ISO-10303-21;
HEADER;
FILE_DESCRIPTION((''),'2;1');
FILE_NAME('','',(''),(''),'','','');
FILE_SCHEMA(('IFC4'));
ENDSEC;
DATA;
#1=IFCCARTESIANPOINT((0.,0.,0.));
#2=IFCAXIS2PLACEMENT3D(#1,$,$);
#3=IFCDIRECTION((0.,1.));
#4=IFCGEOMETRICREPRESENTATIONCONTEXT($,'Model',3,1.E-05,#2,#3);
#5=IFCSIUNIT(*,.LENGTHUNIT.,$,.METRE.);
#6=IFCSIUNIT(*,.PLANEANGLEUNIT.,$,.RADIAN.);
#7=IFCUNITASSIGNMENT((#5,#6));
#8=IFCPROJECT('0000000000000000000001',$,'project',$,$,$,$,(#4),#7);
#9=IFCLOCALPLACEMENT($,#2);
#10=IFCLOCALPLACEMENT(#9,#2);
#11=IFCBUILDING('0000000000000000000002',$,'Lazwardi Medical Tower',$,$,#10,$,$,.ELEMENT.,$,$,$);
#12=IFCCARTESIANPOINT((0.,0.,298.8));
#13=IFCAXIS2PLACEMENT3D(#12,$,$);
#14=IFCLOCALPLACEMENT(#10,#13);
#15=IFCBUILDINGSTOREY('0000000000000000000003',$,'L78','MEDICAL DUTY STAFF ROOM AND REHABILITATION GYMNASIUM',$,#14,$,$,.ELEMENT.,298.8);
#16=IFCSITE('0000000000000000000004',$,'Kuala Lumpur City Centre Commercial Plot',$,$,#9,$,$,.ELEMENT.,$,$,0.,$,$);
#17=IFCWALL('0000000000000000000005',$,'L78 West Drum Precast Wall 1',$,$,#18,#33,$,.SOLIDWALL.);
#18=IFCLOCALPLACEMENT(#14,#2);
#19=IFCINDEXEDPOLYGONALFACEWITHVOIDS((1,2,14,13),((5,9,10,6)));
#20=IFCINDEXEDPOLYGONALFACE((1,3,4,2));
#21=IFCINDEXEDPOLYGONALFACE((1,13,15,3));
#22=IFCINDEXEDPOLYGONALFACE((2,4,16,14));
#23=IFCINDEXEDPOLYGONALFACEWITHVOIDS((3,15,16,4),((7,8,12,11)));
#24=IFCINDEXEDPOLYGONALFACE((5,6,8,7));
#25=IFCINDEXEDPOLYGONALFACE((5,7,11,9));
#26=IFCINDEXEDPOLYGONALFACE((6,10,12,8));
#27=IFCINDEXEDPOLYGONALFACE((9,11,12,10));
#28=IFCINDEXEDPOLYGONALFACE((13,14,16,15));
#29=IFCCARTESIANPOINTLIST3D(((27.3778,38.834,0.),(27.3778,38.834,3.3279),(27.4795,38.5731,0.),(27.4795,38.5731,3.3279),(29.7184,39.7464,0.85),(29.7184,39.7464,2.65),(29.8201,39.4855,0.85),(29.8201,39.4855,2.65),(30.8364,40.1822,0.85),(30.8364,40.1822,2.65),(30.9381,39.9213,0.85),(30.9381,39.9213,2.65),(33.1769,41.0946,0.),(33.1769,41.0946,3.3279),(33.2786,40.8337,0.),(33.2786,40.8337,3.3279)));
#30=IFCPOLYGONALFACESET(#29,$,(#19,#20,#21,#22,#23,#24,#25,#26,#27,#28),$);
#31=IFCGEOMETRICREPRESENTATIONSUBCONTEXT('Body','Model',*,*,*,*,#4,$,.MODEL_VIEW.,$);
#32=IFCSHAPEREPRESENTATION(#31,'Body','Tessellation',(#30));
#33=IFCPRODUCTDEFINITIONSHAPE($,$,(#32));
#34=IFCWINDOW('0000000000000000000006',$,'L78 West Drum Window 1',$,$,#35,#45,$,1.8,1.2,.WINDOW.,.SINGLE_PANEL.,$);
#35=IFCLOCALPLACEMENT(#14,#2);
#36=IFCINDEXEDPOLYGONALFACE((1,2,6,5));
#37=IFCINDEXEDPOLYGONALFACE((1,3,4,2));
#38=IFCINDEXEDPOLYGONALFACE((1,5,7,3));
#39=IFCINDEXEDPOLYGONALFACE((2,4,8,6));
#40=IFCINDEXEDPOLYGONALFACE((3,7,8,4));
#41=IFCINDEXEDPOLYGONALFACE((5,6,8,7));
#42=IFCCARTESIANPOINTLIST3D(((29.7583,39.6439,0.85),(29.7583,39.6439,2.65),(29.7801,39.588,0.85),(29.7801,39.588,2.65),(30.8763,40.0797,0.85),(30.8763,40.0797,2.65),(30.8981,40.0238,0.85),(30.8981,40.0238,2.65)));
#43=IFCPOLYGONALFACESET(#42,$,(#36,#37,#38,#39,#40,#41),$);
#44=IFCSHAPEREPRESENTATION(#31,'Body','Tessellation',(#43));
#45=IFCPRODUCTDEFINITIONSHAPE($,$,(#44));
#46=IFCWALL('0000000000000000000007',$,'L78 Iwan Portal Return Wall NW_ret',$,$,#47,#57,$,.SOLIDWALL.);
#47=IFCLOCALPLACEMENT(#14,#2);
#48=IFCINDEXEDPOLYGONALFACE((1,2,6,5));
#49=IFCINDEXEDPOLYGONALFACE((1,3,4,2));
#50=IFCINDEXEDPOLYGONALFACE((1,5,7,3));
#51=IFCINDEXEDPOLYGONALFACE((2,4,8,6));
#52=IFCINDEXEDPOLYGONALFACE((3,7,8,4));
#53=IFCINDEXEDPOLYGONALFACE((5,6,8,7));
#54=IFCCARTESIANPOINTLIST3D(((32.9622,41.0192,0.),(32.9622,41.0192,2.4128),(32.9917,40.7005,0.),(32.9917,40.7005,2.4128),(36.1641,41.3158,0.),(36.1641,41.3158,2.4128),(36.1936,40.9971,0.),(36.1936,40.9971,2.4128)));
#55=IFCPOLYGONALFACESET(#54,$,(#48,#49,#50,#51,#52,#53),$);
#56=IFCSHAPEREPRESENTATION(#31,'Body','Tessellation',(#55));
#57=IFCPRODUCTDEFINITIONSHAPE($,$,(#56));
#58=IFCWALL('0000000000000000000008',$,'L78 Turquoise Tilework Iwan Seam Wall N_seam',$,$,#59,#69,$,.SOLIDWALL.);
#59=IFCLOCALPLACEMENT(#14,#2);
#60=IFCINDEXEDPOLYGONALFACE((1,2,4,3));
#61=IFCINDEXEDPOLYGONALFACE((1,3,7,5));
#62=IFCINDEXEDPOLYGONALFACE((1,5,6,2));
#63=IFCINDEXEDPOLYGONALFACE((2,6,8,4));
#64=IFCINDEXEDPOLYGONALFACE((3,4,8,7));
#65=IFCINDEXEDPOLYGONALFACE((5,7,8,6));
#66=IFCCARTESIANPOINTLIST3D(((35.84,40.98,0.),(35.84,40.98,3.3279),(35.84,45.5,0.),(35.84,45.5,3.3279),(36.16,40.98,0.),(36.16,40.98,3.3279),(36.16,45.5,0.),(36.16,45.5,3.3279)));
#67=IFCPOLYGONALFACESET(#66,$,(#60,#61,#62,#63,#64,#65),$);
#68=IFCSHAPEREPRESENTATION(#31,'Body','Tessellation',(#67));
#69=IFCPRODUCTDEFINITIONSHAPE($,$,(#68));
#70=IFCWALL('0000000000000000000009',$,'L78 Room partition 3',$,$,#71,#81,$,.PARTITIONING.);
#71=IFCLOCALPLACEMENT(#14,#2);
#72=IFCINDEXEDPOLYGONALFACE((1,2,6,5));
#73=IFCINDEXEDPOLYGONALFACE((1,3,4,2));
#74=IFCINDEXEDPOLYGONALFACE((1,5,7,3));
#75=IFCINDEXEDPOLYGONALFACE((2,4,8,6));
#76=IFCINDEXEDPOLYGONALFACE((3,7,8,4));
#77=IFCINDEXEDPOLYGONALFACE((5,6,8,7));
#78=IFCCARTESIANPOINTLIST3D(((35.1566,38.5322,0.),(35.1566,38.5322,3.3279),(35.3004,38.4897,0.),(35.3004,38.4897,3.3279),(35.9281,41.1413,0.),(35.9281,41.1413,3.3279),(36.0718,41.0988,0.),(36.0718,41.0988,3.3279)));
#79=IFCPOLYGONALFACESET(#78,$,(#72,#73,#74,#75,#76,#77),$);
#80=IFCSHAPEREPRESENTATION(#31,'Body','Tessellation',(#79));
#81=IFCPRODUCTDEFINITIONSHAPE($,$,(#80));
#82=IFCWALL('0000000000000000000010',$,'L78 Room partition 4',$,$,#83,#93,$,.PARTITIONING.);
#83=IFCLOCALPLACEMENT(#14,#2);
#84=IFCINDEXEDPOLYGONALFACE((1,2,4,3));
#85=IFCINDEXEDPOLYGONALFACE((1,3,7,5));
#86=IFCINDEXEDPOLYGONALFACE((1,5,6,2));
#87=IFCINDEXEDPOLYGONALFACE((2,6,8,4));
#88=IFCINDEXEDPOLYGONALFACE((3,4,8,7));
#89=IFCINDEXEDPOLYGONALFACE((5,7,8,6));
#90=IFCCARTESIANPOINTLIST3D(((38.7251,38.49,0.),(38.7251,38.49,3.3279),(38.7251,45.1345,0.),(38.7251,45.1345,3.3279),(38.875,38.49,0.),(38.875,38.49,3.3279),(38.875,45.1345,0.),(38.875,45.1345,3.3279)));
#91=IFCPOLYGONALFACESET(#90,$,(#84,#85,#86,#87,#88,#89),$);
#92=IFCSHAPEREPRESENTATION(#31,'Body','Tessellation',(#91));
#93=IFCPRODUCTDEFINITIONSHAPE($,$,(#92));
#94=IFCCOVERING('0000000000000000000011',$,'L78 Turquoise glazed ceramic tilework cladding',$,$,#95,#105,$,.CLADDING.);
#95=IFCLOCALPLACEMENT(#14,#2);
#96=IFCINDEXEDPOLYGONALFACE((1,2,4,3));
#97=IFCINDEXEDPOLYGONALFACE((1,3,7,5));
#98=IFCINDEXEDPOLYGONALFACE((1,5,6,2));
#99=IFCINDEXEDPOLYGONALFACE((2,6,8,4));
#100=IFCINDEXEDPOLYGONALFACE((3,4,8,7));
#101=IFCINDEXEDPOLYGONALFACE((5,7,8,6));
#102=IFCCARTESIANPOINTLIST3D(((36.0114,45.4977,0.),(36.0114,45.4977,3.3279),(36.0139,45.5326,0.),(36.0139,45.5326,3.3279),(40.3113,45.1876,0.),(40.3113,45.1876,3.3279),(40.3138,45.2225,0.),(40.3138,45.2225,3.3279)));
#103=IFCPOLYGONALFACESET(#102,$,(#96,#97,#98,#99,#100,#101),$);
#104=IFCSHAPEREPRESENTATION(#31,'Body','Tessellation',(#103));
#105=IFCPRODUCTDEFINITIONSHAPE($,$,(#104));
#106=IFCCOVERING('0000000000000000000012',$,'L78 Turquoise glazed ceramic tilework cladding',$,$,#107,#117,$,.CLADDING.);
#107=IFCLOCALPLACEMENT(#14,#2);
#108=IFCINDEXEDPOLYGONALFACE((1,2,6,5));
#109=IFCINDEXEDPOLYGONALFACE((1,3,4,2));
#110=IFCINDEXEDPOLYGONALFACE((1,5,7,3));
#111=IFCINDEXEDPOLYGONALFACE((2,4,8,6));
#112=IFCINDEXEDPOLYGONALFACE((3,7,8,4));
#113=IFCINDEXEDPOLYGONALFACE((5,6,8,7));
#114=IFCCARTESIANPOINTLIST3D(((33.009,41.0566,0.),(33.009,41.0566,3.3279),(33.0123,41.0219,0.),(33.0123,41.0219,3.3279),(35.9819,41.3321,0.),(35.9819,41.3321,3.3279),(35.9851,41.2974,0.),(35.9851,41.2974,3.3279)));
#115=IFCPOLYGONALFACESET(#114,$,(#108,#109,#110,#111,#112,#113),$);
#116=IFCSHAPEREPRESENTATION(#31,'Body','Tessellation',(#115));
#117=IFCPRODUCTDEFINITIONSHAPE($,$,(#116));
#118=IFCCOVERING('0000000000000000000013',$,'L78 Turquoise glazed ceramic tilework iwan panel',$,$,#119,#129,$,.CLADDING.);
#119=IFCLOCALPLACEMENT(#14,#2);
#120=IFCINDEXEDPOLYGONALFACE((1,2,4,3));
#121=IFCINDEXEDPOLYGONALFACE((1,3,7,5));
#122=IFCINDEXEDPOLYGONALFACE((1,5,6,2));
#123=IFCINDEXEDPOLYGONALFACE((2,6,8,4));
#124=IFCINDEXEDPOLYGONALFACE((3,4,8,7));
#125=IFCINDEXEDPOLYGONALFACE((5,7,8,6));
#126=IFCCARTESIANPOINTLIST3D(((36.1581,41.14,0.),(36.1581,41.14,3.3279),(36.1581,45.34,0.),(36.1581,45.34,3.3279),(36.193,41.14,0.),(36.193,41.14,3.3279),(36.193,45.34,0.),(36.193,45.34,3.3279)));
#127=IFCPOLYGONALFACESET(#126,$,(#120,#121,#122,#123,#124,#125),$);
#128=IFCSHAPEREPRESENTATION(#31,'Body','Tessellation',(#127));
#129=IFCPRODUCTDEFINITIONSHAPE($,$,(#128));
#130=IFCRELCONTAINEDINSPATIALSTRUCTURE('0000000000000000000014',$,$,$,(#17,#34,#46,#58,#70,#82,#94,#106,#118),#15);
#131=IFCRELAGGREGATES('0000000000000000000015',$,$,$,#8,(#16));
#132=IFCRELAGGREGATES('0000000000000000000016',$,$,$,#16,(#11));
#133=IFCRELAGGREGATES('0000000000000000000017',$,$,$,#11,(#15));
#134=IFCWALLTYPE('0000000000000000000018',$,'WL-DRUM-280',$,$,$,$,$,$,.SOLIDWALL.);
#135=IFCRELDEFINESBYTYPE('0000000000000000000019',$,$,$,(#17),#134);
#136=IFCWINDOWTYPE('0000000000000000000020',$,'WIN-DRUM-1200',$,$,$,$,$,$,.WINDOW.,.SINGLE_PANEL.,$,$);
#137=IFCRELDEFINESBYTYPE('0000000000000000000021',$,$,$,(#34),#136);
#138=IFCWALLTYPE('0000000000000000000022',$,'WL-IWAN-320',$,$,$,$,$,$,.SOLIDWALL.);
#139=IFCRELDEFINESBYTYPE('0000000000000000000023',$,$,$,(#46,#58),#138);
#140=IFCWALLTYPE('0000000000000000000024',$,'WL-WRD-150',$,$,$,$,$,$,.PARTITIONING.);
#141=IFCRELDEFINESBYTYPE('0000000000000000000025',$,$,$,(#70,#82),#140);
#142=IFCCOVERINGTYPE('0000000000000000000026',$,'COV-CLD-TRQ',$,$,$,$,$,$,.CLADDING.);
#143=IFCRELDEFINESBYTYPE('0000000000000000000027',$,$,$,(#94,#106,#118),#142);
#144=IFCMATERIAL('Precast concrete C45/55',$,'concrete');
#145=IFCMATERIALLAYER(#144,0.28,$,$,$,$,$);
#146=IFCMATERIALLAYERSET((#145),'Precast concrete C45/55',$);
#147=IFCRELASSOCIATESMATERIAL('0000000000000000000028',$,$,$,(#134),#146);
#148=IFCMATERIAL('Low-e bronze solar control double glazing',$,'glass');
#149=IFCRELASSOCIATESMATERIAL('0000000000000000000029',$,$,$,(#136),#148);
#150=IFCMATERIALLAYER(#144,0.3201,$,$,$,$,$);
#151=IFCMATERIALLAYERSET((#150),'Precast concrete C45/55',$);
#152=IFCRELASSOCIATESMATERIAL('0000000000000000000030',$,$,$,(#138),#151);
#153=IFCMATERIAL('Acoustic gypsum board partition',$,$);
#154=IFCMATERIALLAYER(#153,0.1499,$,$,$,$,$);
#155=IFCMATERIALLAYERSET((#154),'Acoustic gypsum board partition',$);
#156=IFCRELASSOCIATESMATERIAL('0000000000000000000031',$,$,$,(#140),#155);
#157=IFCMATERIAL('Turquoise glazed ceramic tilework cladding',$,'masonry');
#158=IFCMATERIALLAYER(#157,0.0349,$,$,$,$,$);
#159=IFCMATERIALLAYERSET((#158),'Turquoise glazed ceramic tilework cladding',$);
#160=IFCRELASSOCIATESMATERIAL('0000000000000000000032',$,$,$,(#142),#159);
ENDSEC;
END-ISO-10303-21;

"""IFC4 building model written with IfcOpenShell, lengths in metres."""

from ifc_helpers import new_model, si_unit, direction, frame, frame_2d, origin, origin_2d, place, context, subcontext, project, spatial, rectangle, extrude, material, layer, layer_set, type_object, element, fill, save


model = new_model("IFC4")

# Units and contexts
model_context = context("Model", 3, precision=1e-05, world=origin(), true_north=direction((0.0, 1.0)))
body_context = subcontext(model_context, "Body", "Model", "MODEL_VIEW")
ifc_project = project(units=[si_unit("LENGTHUNIT", "METRE"), si_unit("PLANEANGLEUNIT", "RADIAN")], contexts=[model_context])

# Site, building, storey
site_placement = place(None, origin())
site = spatial("IfcSite", under=ifc_project, at=site_placement, Name="Kuala Lumpur City Centre Commercial Plot", CompositionType="ELEMENT", RefElevation=0.0)
building_placement = place(site_placement, origin())
building = spatial("IfcBuilding", under=site, at=building_placement, Name="Lazwardi Medical Tower", CompositionType="ELEMENT")
storey_placement = place(building_placement, frame((0.0, 0.0, 298.8)))
storey = spatial("IfcBuildingStorey", under=building, at=storey_placement, Name="L78", Description="MEDICAL DUTY STAFF ROOM AND REHABILITATION GYMNASIUM", CompositionType="ELEMENT", Elevation=298.8)

# Wall, opening, window
ifc_material_1 = material(Name="Precast concrete C45/55", Category="concrete")
ifc_layer_1 = layer(ifc_material_1, 0.28)
ifc_layer_set_1 = layer_set([ifc_layer_1], Name="Precast concrete C45/55")
wall_type_1 = type_object("IfcWallType", Name="WL-DRUM-280", PredefinedType="SOLIDWALL", material=ifc_layer_set_1)
wall_1_placement = place(storey_placement, frame((33.2278, 40.9641, 0.0), z_axis=(0.0, 0.0, 1.0), x_axis=(-0.931717, -0.363186, 0.0)))
wall_1 = element("IfcWall", 1, at=wall_1_placement, inside=storey, type_object=wall_type_1, Name="L78 West Drum Precast Wall 1", PredefinedType="SOLIDWALL", context=body_context, shape_type="SweptSolid", body=[
    extrude(rectangle(XDim=6.2241, YDim=0.28, at=frame_2d((3.1121, 0.0))), origin(), (0.0, 0.0, 1.0), 3.3279),
])
opening_placement = place(wall_1_placement, frame((2.512, 0.0, 0.8501)))
opening = element("IfcOpeningElement", 2, at=opening_placement, cuts=wall_1, PredefinedType="OPENING", context=body_context, shape_type="SweptSolid", body=[
    extrude(rectangle(XDim=1.2, YDim=1.8, at=frame_2d((0.6001, 0.8999))), frame((0.0, 0.1499, 0.0), z_axis=(0.0, -1.0, 0.0), x_axis=(1.0, 0.0, 0.0)), (0.0, 0.0, 1.0), 0.3),
])
ifc_material_2 = material(Name="Low-e bronze solar control double glazing", Category="glass")
window_type = type_object("IfcWindowType", Name="WIN-DRUM-1200", PartitioningType="SINGLE_PANEL", PredefinedType="WINDOW", material=ifc_material_2)
window_placement = place(opening_placement, origin())
window = element("IfcWindow", 3, at=window_placement, inside=storey, type_object=window_type, Name="L78 West Drum Window 1", OverallHeight=1.8, OverallWidth=1.2, PartitioningType="SINGLE_PANEL", PredefinedType="WINDOW", context=body_context, shape_type="SweptSolid", body=[
    extrude(rectangle(XDim=1.2, YDim=1.8, at=frame_2d((0.6001, 0.8999))), frame((0.0, 0.03, 0.0), z_axis=(0.0, -1.0, 0.0), x_axis=(1.0, 0.0, 0.0)), (0.0, 0.0, 1.0), 0.0601),
])
fill(opening, window)

# Walls
ifc_layer_2 = layer(ifc_material_1, 0.3201)
ifc_layer_set_2 = layer_set([ifc_layer_2], Name="Precast concrete C45/55")
wall_type_2 = type_object("IfcWallType", Name="WL-IWAN-320", PredefinedType="SOLIDWALL", material=ifc_layer_set_2)
wall_2_placement = place(storey_placement, frame((36.179, 41.1565, 0.0), z_axis=(0.0, 0.0, 1.0), x_axis=(-0.995736, -0.092247, 0.0)))
element("IfcWall", 4, at=wall_2_placement, inside=storey, type_object=wall_type_2, Name="L78 Iwan Portal Return Wall NW_ret", PredefinedType="SOLIDWALL", context=body_context, shape_type="SweptSolid", body=[
    extrude(rectangle(XDim=3.2156, YDim=0.3201, at=frame_2d((1.6079, 0.0))), origin(), (0.0, 0.0, 1.0), 2.4128),
])
wall_3_placement = place(storey_placement, frame((36.0, 45.5, 0.0), z_axis=(0.0, 0.0, 1.0), x_axis=(0.0, -1.0, 0.0)))
element("IfcWall", 5, at=wall_3_placement, inside=storey, type_object=wall_type_2, Name="L78 Turquoise Tilework Iwan Seam Wall N_seam", PredefinedType="SOLIDWALL", context=body_context, shape_type="SweptSolid", body=[
    extrude(rectangle(XDim=4.52, YDim=0.3201, at=frame_2d((2.26, 0.0))), origin(), (0.0, 0.0, 1.0), 3.3279),
])
ifc_material_3 = material(Name="Acoustic gypsum board partition")
ifc_layer_3 = layer(ifc_material_3, 0.1499)
ifc_layer_set_3 = layer_set([ifc_layer_3], Name="Acoustic gypsum board partition")
wall_type_3 = type_object("IfcWallType", Name="WL-WRD-150", PredefinedType="PARTITIONING", material=ifc_layer_set_3)
wall_4_placement = place(storey_placement, frame((35.2285, 38.511, 0.0), z_axis=(0.0, 0.0, 1.0), x_axis=(0.283551, 0.958957, 0.0)))
element("IfcWall", 6, at=wall_4_placement, inside=storey, type_object=wall_type_3, Name="L78 Room partition 3", PredefinedType="PARTITIONING", context=body_context, shape_type="SweptSolid", body=[
    extrude(rectangle(XDim=2.7207, YDim=0.1499, at=frame_2d((1.3604, 0.0))), origin(), (0.0, 0.0, 1.0), 3.3279),
])
wall_5_placement = place(storey_placement, frame((38.8, 38.49, 0.0), z_axis=(0.0, 0.0, 1.0), x_axis=(0.0, 1.0, 0.0)))
element("IfcWall", 7, at=wall_5_placement, inside=storey, type_object=wall_type_3, Name="L78 Room partition 4", PredefinedType="PARTITIONING", context=body_context, shape_type="SweptSolid", body=[
    extrude(rectangle(XDim=6.6445, YDim=0.1499, at=frame_2d((3.3223, 0.0))), origin(), (0.0, 0.0, 1.0), 3.3279),
])

# Coverings
ifc_material_4 = material(Name="Turquoise glazed ceramic tilework cladding", Category="masonry")
ifc_layer_4 = layer(ifc_material_4, 0.0349)
ifc_layer_set_4 = layer_set([ifc_layer_4], Name="Turquoise glazed ceramic tilework cladding")
covering_type = type_object("IfcCoveringType", Name="COV-CLD-TRQ", PredefinedType="CLADDING", material=ifc_layer_set_4)
covering_1_placement = place(storey_placement, frame((38.1626, 45.3601, 0.0), z_axis=(0.0, 0.0, 1.0), x_axis=(-0.997409, 0.071933, 0.0)))
element("IfcCovering", 8, at=covering_1_placement, inside=storey, type_object=covering_type, Name="L78 Turquoise glazed ceramic tilework cladding", PredefinedType="CLADDING", context=body_context, shape_type="SweptSolid", body=[
    extrude(rectangle(XDim=4.311, YDim=0.0349, at=origin_2d()), origin(), (0.0, 0.0, 1.0), 3.3279),
])
covering_2_placement = place(storey_placement, frame((34.4971, 41.177, 0.0), z_axis=(0.0, 0.0, 1.0), x_axis=(-0.995734, -0.092275, 0.0)))
element("IfcCovering", 9, at=covering_2_placement, inside=storey, type_object=covering_type, Name="L78 Turquoise glazed ceramic tilework cladding", PredefinedType="CLADDING", context=body_context, shape_type="SweptSolid", body=[
    extrude(rectangle(XDim=2.9856, YDim=0.0349, at=origin_2d()), origin(), (0.0, 0.0, 1.0), 3.3279),
])
covering_3_placement = place(storey_placement, frame((36.1755, 43.24, 0.0), z_axis=(0.0, 0.0, 1.0), x_axis=(0.0, -1.0, 0.0)))
element("IfcCovering", 10, at=covering_3_placement, inside=storey, type_object=covering_type, Name="L78 Turquoise glazed ceramic tilework iwan panel", PredefinedType="CLADDING", context=body_context, shape_type="SweptSolid", body=[
    extrude(rectangle(XDim=4.2, YDim=0.0349, at=origin_2d()), origin(), (0.0, 0.0, 1.0), 3.3279),
])

save(model, "model.ifc")
